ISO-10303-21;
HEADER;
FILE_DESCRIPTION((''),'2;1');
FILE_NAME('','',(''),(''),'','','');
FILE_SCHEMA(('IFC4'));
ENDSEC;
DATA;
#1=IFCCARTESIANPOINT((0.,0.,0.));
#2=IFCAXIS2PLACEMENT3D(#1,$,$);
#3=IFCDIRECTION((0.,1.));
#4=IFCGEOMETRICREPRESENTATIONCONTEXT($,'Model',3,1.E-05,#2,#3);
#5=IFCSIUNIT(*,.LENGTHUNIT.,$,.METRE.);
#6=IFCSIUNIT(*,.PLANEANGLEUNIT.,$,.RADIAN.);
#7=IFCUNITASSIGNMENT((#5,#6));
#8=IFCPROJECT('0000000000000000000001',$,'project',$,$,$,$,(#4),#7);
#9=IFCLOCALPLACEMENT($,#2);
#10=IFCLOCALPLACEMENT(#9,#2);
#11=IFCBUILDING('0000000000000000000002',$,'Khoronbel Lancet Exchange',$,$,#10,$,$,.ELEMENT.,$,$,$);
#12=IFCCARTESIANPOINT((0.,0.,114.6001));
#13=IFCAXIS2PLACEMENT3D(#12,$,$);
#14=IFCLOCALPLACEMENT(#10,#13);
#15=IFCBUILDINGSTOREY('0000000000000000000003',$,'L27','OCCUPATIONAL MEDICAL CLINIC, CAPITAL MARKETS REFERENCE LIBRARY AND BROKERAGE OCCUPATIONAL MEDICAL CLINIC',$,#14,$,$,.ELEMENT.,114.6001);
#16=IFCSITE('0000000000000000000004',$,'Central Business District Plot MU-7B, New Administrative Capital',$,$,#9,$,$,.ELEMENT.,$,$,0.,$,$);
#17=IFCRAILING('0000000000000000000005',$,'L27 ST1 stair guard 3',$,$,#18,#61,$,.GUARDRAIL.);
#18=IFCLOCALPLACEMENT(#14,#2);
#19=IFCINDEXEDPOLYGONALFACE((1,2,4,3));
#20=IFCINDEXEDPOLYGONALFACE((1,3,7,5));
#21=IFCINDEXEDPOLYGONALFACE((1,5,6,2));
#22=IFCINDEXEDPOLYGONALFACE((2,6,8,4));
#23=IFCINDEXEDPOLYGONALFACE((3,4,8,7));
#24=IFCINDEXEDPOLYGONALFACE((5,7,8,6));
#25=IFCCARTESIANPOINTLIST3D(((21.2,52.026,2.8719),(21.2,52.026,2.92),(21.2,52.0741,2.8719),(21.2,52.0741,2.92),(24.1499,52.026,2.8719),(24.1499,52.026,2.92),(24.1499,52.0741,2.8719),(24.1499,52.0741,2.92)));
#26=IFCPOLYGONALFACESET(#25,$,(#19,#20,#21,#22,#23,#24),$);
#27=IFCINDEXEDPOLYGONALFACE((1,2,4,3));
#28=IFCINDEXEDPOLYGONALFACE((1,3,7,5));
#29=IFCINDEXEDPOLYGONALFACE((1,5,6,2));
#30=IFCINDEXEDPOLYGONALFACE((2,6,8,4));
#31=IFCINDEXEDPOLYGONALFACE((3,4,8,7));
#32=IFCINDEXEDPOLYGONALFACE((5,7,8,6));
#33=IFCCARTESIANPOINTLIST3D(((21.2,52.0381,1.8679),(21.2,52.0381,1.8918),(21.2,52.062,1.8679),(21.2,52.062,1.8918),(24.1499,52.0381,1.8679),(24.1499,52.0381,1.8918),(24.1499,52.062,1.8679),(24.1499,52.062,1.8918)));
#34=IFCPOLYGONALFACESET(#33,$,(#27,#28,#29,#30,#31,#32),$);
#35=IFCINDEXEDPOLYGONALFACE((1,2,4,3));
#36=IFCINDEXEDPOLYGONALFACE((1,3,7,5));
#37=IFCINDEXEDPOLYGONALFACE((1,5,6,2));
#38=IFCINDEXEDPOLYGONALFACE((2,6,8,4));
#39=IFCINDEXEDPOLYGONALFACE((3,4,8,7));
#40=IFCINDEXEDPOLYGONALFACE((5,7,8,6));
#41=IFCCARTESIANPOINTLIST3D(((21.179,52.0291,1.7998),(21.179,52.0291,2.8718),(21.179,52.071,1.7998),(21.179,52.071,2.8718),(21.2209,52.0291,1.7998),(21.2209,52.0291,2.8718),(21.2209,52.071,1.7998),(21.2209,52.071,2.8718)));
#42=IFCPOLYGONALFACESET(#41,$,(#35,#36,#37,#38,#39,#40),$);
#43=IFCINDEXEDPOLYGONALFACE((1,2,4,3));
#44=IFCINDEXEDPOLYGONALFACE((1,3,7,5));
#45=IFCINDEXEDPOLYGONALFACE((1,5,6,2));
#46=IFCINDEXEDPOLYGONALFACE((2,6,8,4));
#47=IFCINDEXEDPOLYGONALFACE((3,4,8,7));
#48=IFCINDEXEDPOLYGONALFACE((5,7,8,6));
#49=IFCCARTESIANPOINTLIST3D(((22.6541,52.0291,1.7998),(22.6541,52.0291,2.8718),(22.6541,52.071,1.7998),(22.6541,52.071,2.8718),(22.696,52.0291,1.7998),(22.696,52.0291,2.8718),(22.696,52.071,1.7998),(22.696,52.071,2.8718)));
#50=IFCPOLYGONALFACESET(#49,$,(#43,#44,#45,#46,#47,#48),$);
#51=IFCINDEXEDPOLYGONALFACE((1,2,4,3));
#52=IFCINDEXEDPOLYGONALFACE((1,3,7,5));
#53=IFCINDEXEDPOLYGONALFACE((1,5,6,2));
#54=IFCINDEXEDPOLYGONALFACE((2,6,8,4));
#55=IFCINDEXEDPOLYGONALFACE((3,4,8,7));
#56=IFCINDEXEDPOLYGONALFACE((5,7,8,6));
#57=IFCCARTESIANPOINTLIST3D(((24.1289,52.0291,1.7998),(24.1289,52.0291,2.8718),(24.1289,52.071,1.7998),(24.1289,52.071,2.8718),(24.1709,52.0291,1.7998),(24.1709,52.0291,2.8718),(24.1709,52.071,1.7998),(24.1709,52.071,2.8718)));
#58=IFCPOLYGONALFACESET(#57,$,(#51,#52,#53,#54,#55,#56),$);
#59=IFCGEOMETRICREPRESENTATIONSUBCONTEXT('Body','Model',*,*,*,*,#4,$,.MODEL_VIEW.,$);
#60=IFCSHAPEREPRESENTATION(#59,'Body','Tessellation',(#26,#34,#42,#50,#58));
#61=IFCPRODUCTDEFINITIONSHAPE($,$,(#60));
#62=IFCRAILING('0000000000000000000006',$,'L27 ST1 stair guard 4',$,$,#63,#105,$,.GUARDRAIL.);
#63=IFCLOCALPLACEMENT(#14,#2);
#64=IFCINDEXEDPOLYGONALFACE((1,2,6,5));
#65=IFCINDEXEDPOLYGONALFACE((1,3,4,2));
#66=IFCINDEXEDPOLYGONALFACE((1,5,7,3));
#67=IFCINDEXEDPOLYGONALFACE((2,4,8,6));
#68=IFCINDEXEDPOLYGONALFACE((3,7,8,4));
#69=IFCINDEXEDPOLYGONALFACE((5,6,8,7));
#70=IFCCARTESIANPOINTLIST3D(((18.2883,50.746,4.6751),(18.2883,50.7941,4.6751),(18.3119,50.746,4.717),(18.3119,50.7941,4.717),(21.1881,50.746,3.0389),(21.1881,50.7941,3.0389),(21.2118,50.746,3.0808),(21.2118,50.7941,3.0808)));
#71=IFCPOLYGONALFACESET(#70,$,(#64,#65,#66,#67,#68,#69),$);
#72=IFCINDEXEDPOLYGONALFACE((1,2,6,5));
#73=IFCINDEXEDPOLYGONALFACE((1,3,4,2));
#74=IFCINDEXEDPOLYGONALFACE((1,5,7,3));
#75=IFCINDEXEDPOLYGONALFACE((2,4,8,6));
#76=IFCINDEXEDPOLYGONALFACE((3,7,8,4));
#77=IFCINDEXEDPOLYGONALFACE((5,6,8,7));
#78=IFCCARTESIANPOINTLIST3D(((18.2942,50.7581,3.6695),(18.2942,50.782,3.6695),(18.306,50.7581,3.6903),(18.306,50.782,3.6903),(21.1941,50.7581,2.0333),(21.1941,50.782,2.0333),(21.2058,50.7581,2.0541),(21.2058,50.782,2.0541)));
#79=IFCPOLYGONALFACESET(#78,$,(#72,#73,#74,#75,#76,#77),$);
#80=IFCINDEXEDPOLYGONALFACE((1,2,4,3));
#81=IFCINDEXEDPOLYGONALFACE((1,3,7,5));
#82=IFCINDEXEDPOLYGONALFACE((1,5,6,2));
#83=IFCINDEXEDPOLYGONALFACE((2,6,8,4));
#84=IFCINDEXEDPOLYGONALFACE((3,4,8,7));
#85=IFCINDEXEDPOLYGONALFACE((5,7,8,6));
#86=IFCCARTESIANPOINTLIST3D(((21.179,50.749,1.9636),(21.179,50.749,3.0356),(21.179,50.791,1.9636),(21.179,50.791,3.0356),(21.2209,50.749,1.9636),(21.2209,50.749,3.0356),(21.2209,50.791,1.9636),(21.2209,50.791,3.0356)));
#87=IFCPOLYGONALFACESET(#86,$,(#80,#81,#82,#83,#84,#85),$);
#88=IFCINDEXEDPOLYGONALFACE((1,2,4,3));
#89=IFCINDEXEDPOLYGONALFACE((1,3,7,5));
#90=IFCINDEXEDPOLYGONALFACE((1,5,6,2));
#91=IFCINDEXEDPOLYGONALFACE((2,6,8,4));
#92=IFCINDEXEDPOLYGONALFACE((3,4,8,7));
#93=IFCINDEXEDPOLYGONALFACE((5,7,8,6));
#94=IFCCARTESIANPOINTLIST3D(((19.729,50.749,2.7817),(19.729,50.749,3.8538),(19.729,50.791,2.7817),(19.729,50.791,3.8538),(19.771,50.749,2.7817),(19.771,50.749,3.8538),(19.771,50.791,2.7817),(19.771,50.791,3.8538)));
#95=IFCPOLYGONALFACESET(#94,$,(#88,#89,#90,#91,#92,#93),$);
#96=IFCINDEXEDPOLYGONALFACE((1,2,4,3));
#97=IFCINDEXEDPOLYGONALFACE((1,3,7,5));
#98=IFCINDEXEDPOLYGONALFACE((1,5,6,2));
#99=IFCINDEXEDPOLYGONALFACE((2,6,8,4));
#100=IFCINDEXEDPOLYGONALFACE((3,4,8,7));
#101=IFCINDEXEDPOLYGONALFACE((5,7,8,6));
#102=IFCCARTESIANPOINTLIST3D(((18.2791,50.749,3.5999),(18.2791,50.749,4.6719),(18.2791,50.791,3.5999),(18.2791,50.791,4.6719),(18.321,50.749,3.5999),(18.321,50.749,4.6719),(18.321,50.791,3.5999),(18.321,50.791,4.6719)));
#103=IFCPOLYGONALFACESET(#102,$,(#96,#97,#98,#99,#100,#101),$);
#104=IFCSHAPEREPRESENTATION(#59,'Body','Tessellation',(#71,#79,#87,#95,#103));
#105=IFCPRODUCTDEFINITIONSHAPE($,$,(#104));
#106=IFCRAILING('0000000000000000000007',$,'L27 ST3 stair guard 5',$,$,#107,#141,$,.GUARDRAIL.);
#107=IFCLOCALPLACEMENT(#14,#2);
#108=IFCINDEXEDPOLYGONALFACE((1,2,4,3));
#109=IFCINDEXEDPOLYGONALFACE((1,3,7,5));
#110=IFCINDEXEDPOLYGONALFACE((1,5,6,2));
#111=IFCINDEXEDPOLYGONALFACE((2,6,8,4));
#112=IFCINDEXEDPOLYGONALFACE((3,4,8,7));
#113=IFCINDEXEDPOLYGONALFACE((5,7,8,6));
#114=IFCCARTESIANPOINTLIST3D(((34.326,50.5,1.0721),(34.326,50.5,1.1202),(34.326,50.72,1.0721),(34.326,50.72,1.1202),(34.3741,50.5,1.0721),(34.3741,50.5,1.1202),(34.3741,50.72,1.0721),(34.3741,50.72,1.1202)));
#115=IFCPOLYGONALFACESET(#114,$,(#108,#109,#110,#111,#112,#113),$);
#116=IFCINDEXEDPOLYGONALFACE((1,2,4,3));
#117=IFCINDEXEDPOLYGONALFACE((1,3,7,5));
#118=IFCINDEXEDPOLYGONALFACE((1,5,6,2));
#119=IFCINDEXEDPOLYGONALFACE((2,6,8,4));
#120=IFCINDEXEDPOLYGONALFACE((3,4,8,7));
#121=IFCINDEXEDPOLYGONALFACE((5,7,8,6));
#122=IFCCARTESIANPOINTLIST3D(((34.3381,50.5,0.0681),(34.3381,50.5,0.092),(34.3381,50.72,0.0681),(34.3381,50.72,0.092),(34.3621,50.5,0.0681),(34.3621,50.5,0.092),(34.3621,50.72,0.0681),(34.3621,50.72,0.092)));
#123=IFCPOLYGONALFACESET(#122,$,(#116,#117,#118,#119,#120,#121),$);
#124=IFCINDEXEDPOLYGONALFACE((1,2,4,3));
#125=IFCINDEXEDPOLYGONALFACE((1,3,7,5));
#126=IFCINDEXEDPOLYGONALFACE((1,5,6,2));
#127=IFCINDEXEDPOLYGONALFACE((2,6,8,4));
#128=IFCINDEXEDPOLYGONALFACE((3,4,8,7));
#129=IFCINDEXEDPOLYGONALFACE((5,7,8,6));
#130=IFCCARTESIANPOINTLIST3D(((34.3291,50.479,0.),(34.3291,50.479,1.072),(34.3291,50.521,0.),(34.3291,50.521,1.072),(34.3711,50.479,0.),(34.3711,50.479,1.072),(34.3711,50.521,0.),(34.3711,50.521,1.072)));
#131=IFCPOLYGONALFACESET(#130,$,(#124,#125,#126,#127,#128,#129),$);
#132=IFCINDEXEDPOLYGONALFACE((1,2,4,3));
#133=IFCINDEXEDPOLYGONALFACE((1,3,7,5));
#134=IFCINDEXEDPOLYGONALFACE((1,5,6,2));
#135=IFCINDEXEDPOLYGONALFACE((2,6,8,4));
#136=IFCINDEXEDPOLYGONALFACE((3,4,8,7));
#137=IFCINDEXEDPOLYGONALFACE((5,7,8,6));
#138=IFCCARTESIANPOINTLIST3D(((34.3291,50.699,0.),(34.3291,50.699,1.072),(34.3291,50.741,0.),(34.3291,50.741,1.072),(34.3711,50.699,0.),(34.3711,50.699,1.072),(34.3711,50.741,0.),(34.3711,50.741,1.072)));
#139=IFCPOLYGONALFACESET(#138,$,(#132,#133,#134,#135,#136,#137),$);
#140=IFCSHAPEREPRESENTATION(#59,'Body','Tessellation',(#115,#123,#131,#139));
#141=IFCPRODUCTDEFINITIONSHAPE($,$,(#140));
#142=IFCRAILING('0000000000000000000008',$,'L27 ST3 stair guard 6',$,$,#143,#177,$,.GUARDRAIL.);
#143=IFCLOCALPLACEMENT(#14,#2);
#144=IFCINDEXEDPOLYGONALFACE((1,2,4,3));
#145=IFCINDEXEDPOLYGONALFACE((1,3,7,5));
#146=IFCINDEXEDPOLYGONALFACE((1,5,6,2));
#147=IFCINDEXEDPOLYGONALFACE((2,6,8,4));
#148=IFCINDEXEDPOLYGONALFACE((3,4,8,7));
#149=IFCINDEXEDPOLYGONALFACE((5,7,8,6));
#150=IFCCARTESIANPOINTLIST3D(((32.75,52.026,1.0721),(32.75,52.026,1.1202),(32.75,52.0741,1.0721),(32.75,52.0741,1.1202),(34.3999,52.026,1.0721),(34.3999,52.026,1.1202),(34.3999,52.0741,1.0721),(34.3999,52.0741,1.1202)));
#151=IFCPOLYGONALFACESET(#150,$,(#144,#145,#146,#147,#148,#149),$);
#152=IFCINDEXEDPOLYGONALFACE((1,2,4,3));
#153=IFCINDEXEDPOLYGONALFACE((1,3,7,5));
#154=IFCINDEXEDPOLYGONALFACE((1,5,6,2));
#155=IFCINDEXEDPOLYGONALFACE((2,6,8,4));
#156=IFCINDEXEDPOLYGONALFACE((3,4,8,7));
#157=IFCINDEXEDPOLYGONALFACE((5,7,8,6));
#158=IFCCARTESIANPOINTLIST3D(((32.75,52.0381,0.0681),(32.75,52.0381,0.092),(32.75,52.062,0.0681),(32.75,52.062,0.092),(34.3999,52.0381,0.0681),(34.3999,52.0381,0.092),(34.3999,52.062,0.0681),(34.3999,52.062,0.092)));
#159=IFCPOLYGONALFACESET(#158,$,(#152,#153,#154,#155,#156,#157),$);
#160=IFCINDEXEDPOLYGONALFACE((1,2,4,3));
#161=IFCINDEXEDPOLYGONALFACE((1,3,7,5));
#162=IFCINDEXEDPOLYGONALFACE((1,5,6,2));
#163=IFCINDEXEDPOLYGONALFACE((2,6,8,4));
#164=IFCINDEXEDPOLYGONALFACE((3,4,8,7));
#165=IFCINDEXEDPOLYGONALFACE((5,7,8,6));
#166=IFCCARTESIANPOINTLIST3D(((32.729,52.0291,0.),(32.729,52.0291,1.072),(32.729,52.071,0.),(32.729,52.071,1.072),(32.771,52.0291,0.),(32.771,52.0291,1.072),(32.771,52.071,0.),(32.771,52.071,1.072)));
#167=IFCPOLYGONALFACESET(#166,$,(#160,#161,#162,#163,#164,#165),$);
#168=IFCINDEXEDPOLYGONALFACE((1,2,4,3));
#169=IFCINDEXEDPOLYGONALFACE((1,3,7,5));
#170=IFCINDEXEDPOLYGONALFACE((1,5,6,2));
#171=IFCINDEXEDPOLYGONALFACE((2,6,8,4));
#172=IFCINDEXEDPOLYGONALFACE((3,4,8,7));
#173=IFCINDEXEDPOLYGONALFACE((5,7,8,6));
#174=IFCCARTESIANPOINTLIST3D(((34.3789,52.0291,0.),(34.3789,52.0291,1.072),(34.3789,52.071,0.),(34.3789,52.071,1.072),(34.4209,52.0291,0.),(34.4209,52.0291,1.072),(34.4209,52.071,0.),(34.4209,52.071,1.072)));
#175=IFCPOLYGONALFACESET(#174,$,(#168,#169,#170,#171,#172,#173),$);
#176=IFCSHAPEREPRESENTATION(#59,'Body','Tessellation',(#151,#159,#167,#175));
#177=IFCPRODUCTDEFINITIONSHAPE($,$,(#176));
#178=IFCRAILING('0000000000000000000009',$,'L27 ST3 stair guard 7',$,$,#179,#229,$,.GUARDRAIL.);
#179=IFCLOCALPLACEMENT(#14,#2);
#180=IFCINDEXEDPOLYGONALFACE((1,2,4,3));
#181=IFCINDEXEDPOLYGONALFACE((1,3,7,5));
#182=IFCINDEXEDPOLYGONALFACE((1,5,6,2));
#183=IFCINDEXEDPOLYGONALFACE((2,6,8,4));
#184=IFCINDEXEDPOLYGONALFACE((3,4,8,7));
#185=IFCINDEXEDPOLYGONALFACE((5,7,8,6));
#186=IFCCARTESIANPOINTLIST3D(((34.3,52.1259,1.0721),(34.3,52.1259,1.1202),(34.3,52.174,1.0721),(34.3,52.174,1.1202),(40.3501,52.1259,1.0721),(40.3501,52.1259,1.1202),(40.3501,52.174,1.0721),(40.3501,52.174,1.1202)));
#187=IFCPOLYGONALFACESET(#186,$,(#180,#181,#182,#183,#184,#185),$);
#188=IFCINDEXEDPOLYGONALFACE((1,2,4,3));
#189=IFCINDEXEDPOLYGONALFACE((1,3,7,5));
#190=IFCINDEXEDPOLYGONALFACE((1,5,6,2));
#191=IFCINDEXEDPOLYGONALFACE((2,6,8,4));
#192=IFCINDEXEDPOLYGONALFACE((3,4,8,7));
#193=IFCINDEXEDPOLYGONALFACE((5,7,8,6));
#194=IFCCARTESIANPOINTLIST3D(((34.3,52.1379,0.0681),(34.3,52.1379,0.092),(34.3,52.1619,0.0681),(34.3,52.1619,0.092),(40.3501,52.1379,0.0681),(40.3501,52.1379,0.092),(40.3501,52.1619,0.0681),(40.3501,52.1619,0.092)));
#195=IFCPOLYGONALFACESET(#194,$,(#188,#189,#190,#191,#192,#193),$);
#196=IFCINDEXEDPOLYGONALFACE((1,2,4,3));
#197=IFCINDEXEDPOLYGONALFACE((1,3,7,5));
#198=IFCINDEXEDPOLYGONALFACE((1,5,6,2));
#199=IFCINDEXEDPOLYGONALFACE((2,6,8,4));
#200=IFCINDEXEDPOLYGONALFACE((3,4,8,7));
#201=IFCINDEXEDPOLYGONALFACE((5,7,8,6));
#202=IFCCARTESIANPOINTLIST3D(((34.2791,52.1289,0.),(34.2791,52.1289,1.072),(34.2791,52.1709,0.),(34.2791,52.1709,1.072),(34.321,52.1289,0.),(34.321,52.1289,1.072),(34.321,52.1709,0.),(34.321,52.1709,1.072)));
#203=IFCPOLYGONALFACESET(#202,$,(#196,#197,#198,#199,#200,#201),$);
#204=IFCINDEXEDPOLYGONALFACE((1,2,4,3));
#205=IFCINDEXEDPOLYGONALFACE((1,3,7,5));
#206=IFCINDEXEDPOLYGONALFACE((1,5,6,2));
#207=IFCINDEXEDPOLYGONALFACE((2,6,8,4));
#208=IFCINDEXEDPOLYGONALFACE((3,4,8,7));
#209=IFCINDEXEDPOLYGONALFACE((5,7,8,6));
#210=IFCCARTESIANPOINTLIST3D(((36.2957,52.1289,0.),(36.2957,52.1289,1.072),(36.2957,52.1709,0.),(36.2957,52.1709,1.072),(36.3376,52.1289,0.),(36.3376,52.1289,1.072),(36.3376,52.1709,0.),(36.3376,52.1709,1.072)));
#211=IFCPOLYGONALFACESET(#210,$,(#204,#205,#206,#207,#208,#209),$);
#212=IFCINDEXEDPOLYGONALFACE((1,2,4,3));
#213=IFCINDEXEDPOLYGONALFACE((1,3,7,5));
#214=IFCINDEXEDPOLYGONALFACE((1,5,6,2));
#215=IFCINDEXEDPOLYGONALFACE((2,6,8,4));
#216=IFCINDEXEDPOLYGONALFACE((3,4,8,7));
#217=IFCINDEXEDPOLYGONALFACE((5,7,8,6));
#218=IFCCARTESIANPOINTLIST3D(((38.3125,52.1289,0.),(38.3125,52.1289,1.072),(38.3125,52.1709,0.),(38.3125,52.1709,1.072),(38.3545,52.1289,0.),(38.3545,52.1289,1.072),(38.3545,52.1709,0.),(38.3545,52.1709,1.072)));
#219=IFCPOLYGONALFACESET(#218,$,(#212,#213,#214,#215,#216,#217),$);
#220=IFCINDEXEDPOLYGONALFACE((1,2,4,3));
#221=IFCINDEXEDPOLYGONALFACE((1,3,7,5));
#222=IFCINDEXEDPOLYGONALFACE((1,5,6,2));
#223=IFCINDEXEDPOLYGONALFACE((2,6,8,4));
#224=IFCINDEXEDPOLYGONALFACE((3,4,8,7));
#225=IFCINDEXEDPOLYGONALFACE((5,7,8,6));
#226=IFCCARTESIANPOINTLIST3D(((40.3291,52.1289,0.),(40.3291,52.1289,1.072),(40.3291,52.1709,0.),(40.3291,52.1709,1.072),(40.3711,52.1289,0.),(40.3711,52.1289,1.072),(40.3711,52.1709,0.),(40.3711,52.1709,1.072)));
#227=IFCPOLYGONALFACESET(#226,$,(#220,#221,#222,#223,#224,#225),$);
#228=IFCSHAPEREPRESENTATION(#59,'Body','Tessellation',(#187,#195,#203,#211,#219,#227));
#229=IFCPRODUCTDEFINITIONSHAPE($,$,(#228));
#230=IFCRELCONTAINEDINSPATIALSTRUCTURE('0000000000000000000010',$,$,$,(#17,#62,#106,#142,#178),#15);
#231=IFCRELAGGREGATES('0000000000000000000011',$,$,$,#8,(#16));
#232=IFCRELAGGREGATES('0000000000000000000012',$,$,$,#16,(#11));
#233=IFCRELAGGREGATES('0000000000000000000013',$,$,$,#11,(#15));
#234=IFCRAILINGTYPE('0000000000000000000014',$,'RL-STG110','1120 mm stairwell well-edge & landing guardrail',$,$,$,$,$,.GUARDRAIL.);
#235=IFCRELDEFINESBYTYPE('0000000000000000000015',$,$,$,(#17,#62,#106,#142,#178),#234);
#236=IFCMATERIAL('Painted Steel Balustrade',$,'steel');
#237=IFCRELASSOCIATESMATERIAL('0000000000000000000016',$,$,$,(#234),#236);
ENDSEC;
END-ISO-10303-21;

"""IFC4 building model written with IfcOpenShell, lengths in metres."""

from ifc_helpers import new_model, si_unit, direction, frame, origin, origin_2d, place, context, subcontext, project, spatial, rectangle, extrude, material, type_object, element, save


model = new_model("IFC4")

# Units and contexts
model_context = context("Model", 3, precision=1e-05, world=origin(), true_north=direction((0.0, 1.0)))
body_context = subcontext(model_context, "Body", "Model", "MODEL_VIEW")
ifc_project = project(units=[si_unit("LENGTHUNIT", "METRE"), si_unit("PLANEANGLEUNIT", "RADIAN")], contexts=[model_context])

# Site, building, storey
site_placement = place(None, origin())
site = spatial("IfcSite", under=ifc_project, at=site_placement, Name="Central Business District Plot MU-7B, New Administrative Capital", CompositionType="ELEMENT", RefElevation=0.0)
building_placement = place(site_placement, origin())
building = spatial("IfcBuilding", under=site, at=building_placement, Name="Khoronbel Lancet Exchange", CompositionType="ELEMENT")
storey_placement = place(building_placement, frame((0.0, 0.0, 114.6001)))
storey = spatial("IfcBuildingStorey", under=building, at=storey_placement, Name="L27", Description="OCCUPATIONAL MEDICAL CLINIC, CAPITAL MARKETS REFERENCE LIBRARY AND BROKERAGE OCCUPATIONAL MEDICAL CLINIC", CompositionType="ELEMENT", Elevation=114.6001)

# Railings
ifc_material_1 = material(Name="Painted Steel Balustrade", Category="steel")
railing_type_1 = type_object("IfcRailingType", Name="RL-STG110", Description="1120 mm stairwell well-edge & landing guardrail", PredefinedType="GUARDRAIL", material=ifc_material_1)
railing_1_placement = place(storey_placement, frame((21.2, 52.05, 1.7998)))
element("IfcRailing", 1, at=railing_1_placement, inside=storey, type_object=railing_type_1, Name="L27 ST1 stair guard 3", PredefinedType="GUARDRAIL", context=body_context, shape_type="SweptSolid", body=[
    extrude(rectangle(XDim=0.0481, YDim=0.0481, at=origin_2d()), frame((0.0, 0.0, 1.0962), z_axis=(1.0, 0.0, 0.0), x_axis=(0.0, 1.0, 0.0)), (0.0, 0.0, 1.0), 2.95),
    extrude(rectangle(XDim=0.0239, YDim=0.0239, at=origin_2d()), frame((0.0, 0.0, 0.0801), z_axis=(1.0, 0.0, 0.0), x_axis=(0.0, 1.0, 0.0)), (0.0, 0.0, 1.0), 2.95),
    extrude(rectangle(XDim=0.042, YDim=0.042, at=origin_2d()), origin(), (0.0, 0.0, 1.0), 1.072),
    extrude(rectangle(XDim=0.042, YDim=0.042, at=origin_2d()), frame((1.4751, 0.0, 0.0)), (0.0, 0.0, 1.0), 1.072),
    extrude(rectangle(XDim=0.042, YDim=0.042, at=origin_2d()), frame((2.95, 0.0, 0.0)), (0.0, 0.0, 1.0), 1.072),
])
railing_2_placement = place(storey_placement, frame((21.2, 50.77, 1.9636)))
element("IfcRailing", 2, at=railing_2_placement, inside=storey, type_object=railing_type_1, Name="L27 ST1 stair guard 4", PredefinedType="GUARDRAIL", context=body_context, shape_type="SweptSolid", body=[
    extrude(rectangle(XDim=0.0481, YDim=0.0481, at=origin_2d()), frame((0.0, 0.0, 1.0962), z_axis=(-0.870929, 0.0, 0.49141), x_axis=(0.0, -1.0, 0.0)), (0.0, 0.0, 1.0), 3.3296),
    extrude(rectangle(XDim=0.0239, YDim=0.0239, at=origin_2d()), frame((0.0, 0.0, 0.0801), z_axis=(-0.870929, 0.0, 0.49141), x_axis=(0.0, -1.0, 0.0)), (0.0, 0.0, 1.0), 3.3296),
    extrude(rectangle(XDim=0.042, YDim=0.042, at=origin_2d()), origin(), (0.0, 0.0, 1.0), 1.072),
    extrude(rectangle(XDim=0.042, YDim=0.042, at=origin_2d()), frame((-1.45, 0.0, 0.8181)), (0.0, 0.0, 1.0), 1.072),
    extrude(rectangle(XDim=0.042, YDim=0.042, at=origin_2d()), frame((-2.8999, 0.0, 1.6362)), (0.0, 0.0, 1.0), 1.072),
])
railing_3_placement = place(storey_placement, frame((34.3501, 50.5, 0.0)))
element("IfcRailing", 3, at=railing_3_placement, inside=storey, type_object=railing_type_1, Name="L27 ST3 stair guard 5", PredefinedType="GUARDRAIL", context=body_context, shape_type="SweptSolid", body=[
    extrude(rectangle(XDim=0.0481, YDim=0.0481, at=origin_2d()), frame((0.0, 0.0, 1.0962), z_axis=(0.0, 1.0, 0.0), x_axis=(-1.0, 0.0, 0.0)), (0.0, 0.0, 1.0), 0.22),
    extrude(rectangle(XDim=0.0239, YDim=0.0239, at=origin_2d()), frame((0.0, 0.0, 0.0801), z_axis=(0.0, 1.0, 0.0), x_axis=(-1.0, 0.0, 0.0)), (0.0, 0.0, 1.0), 0.22),
    extrude(rectangle(XDim=0.042, YDim=0.042, at=origin_2d()), origin(), (0.0, 0.0, 1.0), 1.072),
    extrude(rectangle(XDim=0.042, YDim=0.042, at=origin_2d()), frame((0.0, 0.22, 0.0)), (0.0, 0.0, 1.0), 1.072),
])
railing_4_placement = place(storey_placement, frame((32.75, 52.05, 0.0)))
element("IfcRailing", 4, at=railing_4_placement, inside=storey, type_object=railing_type_1, Name="L27 ST3 stair guard 6", PredefinedType="GUARDRAIL", context=body_context, shape_type="SweptSolid", body=[
    extrude(rectangle(XDim=0.0481, YDim=0.0481, at=origin_2d()), frame((0.0, 0.0, 1.0962), z_axis=(1.0, 0.0, 0.0), x_axis=(0.0, 1.0, 0.0)), (0.0, 0.0, 1.0), 1.6499),
    extrude(rectangle(XDim=0.0239, YDim=0.0239, at=origin_2d()), frame((0.0, 0.0, 0.0801), z_axis=(1.0, 0.0, 0.0), x_axis=(0.0, 1.0, 0.0)), (0.0, 0.0, 1.0), 1.6499),
    extrude(rectangle(XDim=0.042, YDim=0.042, at=origin_2d()), origin(), (0.0, 0.0, 1.0), 1.072),
    extrude(rectangle(XDim=0.042, YDim=0.042, at=origin_2d()), frame((1.6499, 0.0, 0.0)), (0.0, 0.0, 1.0), 1.072),
])
railing_5_placement = place(storey_placement, frame((34.3, 52.1499, 0.0)))
element("IfcRailing", 5, at=railing_5_placement, inside=storey, type_object=railing_type_1, Name="L27 ST3 stair guard 7", PredefinedType="GUARDRAIL", context=body_context, shape_type="SweptSolid", body=[
    extrude(rectangle(XDim=0.0481, YDim=0.0481, at=origin_2d()), frame((0.0, 0.0, 1.0962), z_axis=(1.0, 0.0, 0.0), x_axis=(0.0, 1.0, 0.0)), (0.0, 0.0, 1.0), 6.05),
    extrude(rectangle(XDim=0.0239, YDim=0.0239, at=origin_2d()), frame((0.0, 0.0, 0.0801), z_axis=(1.0, 0.0, 0.0), x_axis=(0.0, 1.0, 0.0)), (0.0, 0.0, 1.0), 6.05),
    extrude(rectangle(XDim=0.042, YDim=0.042, at=origin_2d()), origin(), (0.0, 0.0, 1.0), 1.072),
    extrude(rectangle(XDim=0.042, YDim=0.042, at=origin_2d()), frame((2.0166, 0.0, 0.0)), (0.0, 0.0, 1.0), 1.072),
    extrude(rectangle(XDim=0.042, YDim=0.042, at=origin_2d()), frame((4.0334, 0.0, 0.0)), (0.0, 0.0, 1.0), 1.072),
    extrude(rectangle(XDim=0.042, YDim=0.042, at=origin_2d()), frame((6.05, 0.0, 0.0)), (0.0, 0.0, 1.0), 1.072),
])

save(model, "model.ifc")
